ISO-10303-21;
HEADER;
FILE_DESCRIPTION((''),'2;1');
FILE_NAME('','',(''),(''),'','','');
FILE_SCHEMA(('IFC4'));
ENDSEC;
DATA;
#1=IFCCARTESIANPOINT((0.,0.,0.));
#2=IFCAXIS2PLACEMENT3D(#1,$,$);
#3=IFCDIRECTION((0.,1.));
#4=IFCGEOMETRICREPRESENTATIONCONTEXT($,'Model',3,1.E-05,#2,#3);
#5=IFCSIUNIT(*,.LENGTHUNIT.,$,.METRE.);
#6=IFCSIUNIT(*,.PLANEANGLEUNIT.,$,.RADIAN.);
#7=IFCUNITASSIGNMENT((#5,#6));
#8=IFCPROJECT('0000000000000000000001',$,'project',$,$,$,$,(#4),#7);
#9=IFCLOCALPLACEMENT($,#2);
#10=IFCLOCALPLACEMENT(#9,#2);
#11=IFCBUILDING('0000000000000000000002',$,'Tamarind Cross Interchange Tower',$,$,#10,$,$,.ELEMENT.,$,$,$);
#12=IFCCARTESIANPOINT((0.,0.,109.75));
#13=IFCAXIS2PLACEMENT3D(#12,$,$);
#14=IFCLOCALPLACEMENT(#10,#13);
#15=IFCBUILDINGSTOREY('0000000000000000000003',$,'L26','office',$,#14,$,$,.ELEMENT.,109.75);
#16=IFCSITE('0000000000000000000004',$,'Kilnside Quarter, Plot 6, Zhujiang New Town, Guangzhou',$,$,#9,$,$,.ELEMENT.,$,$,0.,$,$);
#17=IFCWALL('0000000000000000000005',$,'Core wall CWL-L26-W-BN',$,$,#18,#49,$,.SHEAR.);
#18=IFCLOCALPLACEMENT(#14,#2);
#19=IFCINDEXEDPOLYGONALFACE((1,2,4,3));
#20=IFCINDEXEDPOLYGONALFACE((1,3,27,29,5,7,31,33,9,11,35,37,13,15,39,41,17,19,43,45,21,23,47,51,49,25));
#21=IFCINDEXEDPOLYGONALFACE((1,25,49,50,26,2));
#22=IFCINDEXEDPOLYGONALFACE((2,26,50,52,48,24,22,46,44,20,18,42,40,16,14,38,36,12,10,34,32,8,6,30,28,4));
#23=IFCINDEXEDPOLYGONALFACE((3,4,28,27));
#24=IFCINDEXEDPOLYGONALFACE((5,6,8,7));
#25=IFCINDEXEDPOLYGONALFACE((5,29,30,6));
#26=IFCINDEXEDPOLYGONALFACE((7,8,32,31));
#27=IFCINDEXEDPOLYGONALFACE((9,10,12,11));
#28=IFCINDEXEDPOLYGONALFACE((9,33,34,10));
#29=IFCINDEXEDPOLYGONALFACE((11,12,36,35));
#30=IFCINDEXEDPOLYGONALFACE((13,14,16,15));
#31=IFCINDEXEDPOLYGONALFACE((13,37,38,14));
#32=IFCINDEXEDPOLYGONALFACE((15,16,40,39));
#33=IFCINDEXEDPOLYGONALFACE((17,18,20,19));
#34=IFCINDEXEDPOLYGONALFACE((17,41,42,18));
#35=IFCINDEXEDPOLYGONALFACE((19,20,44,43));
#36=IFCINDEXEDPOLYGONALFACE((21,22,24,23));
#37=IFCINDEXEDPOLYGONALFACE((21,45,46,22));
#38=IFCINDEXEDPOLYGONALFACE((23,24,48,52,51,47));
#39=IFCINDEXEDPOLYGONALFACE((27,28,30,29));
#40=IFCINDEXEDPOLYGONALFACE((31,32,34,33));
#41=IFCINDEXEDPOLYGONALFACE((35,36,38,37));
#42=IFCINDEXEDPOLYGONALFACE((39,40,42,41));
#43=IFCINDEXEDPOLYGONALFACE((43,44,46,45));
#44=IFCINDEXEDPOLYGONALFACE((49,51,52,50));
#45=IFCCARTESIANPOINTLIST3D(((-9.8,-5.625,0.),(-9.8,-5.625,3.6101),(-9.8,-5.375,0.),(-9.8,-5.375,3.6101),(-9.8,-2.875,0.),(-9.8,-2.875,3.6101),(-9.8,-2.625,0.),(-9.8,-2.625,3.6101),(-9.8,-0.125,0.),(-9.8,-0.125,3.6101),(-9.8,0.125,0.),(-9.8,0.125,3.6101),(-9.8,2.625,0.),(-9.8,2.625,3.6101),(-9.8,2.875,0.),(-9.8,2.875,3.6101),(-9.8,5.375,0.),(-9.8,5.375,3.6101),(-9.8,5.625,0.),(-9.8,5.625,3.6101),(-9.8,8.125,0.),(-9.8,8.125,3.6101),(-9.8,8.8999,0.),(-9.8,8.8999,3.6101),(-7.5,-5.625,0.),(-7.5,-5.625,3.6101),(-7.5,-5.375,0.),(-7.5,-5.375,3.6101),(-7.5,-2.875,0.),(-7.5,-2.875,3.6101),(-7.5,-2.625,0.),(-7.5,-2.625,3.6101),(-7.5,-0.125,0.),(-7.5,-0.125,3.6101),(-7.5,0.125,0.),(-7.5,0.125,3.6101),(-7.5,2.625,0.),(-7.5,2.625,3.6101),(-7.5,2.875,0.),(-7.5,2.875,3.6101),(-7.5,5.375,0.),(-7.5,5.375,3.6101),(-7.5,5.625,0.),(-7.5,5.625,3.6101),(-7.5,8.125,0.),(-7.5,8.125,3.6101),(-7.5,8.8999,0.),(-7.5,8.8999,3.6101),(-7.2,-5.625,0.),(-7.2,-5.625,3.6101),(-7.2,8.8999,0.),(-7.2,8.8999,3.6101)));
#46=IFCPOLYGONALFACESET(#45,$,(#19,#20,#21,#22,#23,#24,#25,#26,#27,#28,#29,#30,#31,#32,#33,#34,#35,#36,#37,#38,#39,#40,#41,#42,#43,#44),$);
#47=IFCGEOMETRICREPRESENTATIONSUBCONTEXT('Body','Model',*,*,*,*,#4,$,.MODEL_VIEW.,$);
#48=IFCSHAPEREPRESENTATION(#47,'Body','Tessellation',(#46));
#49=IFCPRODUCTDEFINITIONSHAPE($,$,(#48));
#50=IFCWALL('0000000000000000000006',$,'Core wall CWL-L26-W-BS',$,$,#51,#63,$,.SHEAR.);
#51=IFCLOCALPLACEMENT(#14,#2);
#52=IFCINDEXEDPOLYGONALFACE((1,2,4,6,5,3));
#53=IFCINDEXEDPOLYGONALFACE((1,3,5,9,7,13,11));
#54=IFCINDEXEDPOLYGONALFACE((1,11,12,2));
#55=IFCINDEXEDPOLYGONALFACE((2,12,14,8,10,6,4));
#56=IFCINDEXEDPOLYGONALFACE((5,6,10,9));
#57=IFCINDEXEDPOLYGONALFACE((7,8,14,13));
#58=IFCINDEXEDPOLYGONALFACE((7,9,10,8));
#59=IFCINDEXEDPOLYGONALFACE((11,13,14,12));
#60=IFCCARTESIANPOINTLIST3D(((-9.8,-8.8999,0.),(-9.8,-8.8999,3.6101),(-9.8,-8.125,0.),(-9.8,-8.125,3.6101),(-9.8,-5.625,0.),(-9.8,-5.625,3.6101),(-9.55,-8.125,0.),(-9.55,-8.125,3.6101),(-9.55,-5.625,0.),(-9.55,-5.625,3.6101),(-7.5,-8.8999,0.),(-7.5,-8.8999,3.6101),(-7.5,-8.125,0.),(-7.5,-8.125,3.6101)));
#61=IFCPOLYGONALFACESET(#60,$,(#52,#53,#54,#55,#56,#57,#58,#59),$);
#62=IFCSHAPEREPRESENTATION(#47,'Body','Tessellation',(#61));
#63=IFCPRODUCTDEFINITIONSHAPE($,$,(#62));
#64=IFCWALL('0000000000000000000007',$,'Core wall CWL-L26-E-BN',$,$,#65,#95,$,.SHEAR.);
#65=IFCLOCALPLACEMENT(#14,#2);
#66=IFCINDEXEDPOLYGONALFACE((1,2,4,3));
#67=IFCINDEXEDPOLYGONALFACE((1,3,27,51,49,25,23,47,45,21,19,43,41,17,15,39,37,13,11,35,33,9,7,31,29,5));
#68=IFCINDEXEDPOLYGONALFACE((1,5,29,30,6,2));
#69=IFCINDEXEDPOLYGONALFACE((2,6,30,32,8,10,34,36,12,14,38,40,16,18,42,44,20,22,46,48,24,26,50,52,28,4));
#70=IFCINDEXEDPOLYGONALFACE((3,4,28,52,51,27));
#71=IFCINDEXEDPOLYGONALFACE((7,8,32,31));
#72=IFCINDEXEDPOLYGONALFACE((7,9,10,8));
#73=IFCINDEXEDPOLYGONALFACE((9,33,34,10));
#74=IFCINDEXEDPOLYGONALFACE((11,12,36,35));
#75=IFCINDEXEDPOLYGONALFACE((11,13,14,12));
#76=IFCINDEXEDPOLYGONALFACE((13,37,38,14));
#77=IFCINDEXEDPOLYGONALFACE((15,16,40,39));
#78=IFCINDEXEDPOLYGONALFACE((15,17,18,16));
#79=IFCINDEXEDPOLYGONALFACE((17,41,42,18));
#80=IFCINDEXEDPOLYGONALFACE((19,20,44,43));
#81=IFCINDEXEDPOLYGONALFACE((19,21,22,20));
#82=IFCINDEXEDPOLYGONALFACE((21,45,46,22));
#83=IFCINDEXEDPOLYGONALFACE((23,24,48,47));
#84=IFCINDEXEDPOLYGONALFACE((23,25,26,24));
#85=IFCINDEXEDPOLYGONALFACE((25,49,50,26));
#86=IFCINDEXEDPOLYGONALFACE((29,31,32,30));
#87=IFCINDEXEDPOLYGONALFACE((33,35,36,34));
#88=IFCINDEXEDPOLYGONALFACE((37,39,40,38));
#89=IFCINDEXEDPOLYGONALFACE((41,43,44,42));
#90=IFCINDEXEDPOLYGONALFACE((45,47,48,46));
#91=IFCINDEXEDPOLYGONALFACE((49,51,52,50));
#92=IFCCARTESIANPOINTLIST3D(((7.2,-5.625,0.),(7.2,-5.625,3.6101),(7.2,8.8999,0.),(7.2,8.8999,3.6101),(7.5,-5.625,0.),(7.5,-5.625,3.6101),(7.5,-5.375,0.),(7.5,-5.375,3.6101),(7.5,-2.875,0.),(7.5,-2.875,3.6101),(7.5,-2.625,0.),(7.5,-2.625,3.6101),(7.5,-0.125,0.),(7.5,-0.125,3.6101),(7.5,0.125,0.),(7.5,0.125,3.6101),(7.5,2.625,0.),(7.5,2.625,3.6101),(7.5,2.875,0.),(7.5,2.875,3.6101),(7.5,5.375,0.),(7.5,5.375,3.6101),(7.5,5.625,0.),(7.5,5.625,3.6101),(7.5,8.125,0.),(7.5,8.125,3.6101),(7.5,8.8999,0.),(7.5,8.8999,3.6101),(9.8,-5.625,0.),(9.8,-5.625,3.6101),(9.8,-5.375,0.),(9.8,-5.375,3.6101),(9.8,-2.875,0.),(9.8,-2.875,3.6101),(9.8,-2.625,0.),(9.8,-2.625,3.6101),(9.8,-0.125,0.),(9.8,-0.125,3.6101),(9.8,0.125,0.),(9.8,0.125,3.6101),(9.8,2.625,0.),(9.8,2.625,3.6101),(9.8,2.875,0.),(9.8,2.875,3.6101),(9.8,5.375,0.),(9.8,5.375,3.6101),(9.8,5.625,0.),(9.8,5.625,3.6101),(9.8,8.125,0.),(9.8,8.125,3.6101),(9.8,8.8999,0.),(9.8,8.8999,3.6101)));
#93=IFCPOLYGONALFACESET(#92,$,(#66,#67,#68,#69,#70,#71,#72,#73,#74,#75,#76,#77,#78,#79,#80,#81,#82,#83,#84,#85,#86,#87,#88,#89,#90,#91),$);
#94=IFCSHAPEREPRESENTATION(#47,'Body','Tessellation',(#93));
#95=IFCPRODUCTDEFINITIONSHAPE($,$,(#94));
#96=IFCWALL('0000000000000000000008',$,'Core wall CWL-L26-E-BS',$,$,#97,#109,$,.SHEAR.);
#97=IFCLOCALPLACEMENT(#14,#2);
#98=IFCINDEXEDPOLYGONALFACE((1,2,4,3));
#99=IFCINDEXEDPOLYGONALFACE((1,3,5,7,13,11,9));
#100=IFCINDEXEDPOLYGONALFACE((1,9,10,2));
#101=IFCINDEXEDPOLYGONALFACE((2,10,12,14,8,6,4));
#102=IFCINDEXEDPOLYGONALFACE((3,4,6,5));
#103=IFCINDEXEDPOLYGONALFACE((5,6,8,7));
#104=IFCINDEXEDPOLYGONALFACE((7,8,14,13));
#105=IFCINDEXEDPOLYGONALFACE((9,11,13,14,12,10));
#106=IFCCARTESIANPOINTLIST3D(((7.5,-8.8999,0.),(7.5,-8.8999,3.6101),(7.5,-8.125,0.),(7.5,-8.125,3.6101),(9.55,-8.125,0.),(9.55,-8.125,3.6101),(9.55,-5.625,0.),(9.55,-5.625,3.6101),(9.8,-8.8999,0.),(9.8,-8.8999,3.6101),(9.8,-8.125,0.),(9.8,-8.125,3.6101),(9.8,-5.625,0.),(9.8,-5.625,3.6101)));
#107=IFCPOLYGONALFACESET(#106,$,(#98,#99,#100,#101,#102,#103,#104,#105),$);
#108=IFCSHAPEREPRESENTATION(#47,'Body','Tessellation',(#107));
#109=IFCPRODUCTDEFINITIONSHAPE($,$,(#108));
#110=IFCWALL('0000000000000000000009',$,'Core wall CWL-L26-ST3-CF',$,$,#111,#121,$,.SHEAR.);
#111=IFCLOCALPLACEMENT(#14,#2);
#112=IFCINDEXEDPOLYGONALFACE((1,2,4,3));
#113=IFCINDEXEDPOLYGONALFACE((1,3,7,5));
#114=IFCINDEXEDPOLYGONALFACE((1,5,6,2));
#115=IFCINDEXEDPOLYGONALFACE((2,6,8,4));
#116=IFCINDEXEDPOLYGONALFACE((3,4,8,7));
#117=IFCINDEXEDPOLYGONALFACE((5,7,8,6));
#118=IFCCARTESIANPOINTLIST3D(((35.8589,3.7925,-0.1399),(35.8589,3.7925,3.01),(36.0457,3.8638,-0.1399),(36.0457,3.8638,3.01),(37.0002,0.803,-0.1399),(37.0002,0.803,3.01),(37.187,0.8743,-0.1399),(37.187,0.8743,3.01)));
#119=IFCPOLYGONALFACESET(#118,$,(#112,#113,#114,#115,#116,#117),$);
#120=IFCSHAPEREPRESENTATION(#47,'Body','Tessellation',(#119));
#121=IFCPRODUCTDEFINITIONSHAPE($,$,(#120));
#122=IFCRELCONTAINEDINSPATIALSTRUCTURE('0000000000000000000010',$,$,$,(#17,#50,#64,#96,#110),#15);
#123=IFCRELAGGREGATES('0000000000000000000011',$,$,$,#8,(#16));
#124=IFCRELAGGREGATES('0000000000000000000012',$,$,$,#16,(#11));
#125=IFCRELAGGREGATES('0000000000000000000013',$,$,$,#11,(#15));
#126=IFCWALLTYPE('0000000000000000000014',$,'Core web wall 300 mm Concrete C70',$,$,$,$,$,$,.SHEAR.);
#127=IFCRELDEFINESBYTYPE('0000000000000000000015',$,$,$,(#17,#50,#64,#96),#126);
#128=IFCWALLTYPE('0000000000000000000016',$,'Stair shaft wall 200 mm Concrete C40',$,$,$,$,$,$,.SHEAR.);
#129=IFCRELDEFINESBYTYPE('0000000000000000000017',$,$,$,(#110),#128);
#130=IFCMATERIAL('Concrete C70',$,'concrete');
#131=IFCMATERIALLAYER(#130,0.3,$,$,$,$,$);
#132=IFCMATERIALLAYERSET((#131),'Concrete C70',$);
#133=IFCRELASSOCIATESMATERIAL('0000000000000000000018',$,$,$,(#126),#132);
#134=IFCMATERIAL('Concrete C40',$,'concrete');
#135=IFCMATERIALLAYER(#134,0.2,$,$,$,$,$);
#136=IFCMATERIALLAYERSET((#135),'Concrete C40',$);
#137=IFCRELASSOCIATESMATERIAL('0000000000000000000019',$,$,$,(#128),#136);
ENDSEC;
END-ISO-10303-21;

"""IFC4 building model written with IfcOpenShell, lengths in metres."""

from ifc_helpers import new_model, si_unit, direction, frame, origin, place, context, subcontext, project, spatial, polyline, outline, extrude, material, layer, layer_set, type_object, element, save


model = new_model("IFC4")

# Units and contexts
model_context = context("Model", 3, precision=1e-05, world=origin(), true_north=direction((0.0, 1.0)))
body_context = subcontext(model_context, "Body", "Model", "MODEL_VIEW")
ifc_project = project(units=[si_unit("LENGTHUNIT", "METRE"), si_unit("PLANEANGLEUNIT", "RADIAN")], contexts=[model_context])

# Site, building, storey
site_placement = place(None, origin())
site = spatial("IfcSite", under=ifc_project, at=site_placement, Name="Kilnside Quarter, Plot 6, Zhujiang New Town, Guangzhou", CompositionType="ELEMENT", RefElevation=0.0)
building_placement = place(site_placement, origin())
building = spatial("IfcBuilding", under=site, at=building_placement, Name="Tamarind Cross Interchange Tower", CompositionType="ELEMENT")
storey_placement = place(building_placement, frame((0.0, 0.0, 109.75)))
storey = spatial("IfcBuildingStorey", under=building, at=storey_placement, Name="L26", Description="office", CompositionType="ELEMENT", Elevation=109.75)

# Shared definitions
ifc_material_1 = material(Name="Concrete C40", Category="concrete")

# Walls
ifc_material_2 = material(Name="Concrete C70", Category="concrete")
ifc_layer_1 = layer(ifc_material_2, 0.3)
ifc_layer_set_1 = layer_set([ifc_layer_1], Name="Concrete C70")
wall_type_1 = type_object("IfcWallType", Name="Core web wall 300 mm Concrete C70", PredefinedType="SHEAR", material=ifc_layer_set_1)
wall_1_placement = place(storey_placement, origin())
element("IfcWall", 1, at=wall_1_placement, inside=storey, type_object=wall_type_1, Name="Core wall CWL-L26-W-BN", PredefinedType="SHEAR", context=body_context, shape_type="SweptSolid", body=[
    extrude(outline(polyline([(-9.8, -5.375), (-9.8, -5.625), (-7.5, -5.625), (-7.2, -5.625), (-7.2, 8.8999), (-7.5, 8.8999), (-9.8, 8.8999), (-9.8, 8.125), (-7.5, 8.125), (-7.5, 5.625), (-9.8, 5.625), (-9.8, 5.375), (-7.5, 5.375), (-7.5, 2.875), (-9.8, 2.875), (-9.8, 2.625), (-7.5, 2.625), (-7.5, 0.125), (-9.8, 0.125), (-9.8, -0.125), (-7.5, -0.125), (-7.5, -2.625), (-9.8, -2.625), (-9.8, -2.875), (-7.5, -2.875), (-7.5, -5.375), (-9.8, -5.375)])), origin(), (0.0, 0.0, 1.0), 3.6101),
])
wall_2_placement = place(storey_placement, origin())
element("IfcWall", 2, at=wall_2_placement, inside=storey, type_object=wall_type_1, Name="Core wall CWL-L26-W-BS", PredefinedType="SHEAR", context=body_context, shape_type="SweptSolid", body=[
    extrude(outline(polyline([(-7.5, -8.125), (-9.55, -8.125), (-9.55, -5.625), (-9.8, -5.625), (-9.8, -8.125), (-9.8, -8.8999), (-7.5, -8.8999), (-7.5, -8.125)])), origin(), (0.0, 0.0, 1.0), 3.6101),
])
wall_3_placement = place(storey_placement, origin())
element("IfcWall", 3, at=wall_3_placement, inside=storey, type_object=wall_type_1, Name="Core wall CWL-L26-E-BN", PredefinedType="SHEAR", context=body_context, shape_type="SweptSolid", body=[
    extrude(outline(polyline([(9.8, -5.375), (7.5, -5.375), (7.5, -2.875), (9.8, -2.875), (9.8, -2.625), (7.5, -2.625), (7.5, -0.125), (9.8, -0.125), (9.8, 0.125), (7.5, 0.125), (7.5, 2.625), (9.8, 2.625), (9.8, 2.875), (7.5, 2.875), (7.5, 5.375), (9.8, 5.375), (9.8, 5.625), (7.5, 5.625), (7.5, 8.125), (9.8, 8.125), (9.8, 8.8999), (7.5, 8.8999), (7.2, 8.8999), (7.2, -5.625), (7.5, -5.625), (9.8, -5.625), (9.8, -5.375)])), origin(), (0.0, 0.0, 1.0), 3.6101),
])
wall_4_placement = place(storey_placement, origin())
element("IfcWall", 4, at=wall_4_placement, inside=storey, type_object=wall_type_1, Name="Core wall CWL-L26-E-BS", PredefinedType="SHEAR", context=body_context, shape_type="SweptSolid", body=[
    extrude(outline(polyline([(7.5, -8.125), (7.5, -8.8999), (9.8, -8.8999), (9.8, -8.125), (9.8, -5.625), (9.55, -5.625), (9.55, -8.125), (7.5, -8.125)])), origin(), (0.0, 0.0, 1.0), 3.6101),
])
ifc_layer_2 = layer(ifc_material_1, 0.2)
ifc_layer_set_2 = layer_set([ifc_layer_2], Name="Concrete C40")
wall_type_2 = type_object("IfcWallType", Name="Stair shaft wall 200 mm Concrete C40", PredefinedType="SHEAR", material=ifc_layer_set_2)
wall_5_placement = place(storey_placement, frame((0.0, 0.0, -0.1399)))
element("IfcWall", 5, at=wall_5_placement, inside=storey, type_object=wall_type_2, Name="Core wall CWL-L26-ST3-CF", PredefinedType="SHEAR", context=body_context, shape_type="SweptSolid", body=[
    extrude(outline(polyline([(37.0002, 0.803), (37.187, 0.8743), (36.0457, 3.8638), (35.8589, 3.7925), (37.0002, 0.803)])), origin(), (0.0, 0.0, 1.0), 3.1499),
])

save(model, "model.ifc")
